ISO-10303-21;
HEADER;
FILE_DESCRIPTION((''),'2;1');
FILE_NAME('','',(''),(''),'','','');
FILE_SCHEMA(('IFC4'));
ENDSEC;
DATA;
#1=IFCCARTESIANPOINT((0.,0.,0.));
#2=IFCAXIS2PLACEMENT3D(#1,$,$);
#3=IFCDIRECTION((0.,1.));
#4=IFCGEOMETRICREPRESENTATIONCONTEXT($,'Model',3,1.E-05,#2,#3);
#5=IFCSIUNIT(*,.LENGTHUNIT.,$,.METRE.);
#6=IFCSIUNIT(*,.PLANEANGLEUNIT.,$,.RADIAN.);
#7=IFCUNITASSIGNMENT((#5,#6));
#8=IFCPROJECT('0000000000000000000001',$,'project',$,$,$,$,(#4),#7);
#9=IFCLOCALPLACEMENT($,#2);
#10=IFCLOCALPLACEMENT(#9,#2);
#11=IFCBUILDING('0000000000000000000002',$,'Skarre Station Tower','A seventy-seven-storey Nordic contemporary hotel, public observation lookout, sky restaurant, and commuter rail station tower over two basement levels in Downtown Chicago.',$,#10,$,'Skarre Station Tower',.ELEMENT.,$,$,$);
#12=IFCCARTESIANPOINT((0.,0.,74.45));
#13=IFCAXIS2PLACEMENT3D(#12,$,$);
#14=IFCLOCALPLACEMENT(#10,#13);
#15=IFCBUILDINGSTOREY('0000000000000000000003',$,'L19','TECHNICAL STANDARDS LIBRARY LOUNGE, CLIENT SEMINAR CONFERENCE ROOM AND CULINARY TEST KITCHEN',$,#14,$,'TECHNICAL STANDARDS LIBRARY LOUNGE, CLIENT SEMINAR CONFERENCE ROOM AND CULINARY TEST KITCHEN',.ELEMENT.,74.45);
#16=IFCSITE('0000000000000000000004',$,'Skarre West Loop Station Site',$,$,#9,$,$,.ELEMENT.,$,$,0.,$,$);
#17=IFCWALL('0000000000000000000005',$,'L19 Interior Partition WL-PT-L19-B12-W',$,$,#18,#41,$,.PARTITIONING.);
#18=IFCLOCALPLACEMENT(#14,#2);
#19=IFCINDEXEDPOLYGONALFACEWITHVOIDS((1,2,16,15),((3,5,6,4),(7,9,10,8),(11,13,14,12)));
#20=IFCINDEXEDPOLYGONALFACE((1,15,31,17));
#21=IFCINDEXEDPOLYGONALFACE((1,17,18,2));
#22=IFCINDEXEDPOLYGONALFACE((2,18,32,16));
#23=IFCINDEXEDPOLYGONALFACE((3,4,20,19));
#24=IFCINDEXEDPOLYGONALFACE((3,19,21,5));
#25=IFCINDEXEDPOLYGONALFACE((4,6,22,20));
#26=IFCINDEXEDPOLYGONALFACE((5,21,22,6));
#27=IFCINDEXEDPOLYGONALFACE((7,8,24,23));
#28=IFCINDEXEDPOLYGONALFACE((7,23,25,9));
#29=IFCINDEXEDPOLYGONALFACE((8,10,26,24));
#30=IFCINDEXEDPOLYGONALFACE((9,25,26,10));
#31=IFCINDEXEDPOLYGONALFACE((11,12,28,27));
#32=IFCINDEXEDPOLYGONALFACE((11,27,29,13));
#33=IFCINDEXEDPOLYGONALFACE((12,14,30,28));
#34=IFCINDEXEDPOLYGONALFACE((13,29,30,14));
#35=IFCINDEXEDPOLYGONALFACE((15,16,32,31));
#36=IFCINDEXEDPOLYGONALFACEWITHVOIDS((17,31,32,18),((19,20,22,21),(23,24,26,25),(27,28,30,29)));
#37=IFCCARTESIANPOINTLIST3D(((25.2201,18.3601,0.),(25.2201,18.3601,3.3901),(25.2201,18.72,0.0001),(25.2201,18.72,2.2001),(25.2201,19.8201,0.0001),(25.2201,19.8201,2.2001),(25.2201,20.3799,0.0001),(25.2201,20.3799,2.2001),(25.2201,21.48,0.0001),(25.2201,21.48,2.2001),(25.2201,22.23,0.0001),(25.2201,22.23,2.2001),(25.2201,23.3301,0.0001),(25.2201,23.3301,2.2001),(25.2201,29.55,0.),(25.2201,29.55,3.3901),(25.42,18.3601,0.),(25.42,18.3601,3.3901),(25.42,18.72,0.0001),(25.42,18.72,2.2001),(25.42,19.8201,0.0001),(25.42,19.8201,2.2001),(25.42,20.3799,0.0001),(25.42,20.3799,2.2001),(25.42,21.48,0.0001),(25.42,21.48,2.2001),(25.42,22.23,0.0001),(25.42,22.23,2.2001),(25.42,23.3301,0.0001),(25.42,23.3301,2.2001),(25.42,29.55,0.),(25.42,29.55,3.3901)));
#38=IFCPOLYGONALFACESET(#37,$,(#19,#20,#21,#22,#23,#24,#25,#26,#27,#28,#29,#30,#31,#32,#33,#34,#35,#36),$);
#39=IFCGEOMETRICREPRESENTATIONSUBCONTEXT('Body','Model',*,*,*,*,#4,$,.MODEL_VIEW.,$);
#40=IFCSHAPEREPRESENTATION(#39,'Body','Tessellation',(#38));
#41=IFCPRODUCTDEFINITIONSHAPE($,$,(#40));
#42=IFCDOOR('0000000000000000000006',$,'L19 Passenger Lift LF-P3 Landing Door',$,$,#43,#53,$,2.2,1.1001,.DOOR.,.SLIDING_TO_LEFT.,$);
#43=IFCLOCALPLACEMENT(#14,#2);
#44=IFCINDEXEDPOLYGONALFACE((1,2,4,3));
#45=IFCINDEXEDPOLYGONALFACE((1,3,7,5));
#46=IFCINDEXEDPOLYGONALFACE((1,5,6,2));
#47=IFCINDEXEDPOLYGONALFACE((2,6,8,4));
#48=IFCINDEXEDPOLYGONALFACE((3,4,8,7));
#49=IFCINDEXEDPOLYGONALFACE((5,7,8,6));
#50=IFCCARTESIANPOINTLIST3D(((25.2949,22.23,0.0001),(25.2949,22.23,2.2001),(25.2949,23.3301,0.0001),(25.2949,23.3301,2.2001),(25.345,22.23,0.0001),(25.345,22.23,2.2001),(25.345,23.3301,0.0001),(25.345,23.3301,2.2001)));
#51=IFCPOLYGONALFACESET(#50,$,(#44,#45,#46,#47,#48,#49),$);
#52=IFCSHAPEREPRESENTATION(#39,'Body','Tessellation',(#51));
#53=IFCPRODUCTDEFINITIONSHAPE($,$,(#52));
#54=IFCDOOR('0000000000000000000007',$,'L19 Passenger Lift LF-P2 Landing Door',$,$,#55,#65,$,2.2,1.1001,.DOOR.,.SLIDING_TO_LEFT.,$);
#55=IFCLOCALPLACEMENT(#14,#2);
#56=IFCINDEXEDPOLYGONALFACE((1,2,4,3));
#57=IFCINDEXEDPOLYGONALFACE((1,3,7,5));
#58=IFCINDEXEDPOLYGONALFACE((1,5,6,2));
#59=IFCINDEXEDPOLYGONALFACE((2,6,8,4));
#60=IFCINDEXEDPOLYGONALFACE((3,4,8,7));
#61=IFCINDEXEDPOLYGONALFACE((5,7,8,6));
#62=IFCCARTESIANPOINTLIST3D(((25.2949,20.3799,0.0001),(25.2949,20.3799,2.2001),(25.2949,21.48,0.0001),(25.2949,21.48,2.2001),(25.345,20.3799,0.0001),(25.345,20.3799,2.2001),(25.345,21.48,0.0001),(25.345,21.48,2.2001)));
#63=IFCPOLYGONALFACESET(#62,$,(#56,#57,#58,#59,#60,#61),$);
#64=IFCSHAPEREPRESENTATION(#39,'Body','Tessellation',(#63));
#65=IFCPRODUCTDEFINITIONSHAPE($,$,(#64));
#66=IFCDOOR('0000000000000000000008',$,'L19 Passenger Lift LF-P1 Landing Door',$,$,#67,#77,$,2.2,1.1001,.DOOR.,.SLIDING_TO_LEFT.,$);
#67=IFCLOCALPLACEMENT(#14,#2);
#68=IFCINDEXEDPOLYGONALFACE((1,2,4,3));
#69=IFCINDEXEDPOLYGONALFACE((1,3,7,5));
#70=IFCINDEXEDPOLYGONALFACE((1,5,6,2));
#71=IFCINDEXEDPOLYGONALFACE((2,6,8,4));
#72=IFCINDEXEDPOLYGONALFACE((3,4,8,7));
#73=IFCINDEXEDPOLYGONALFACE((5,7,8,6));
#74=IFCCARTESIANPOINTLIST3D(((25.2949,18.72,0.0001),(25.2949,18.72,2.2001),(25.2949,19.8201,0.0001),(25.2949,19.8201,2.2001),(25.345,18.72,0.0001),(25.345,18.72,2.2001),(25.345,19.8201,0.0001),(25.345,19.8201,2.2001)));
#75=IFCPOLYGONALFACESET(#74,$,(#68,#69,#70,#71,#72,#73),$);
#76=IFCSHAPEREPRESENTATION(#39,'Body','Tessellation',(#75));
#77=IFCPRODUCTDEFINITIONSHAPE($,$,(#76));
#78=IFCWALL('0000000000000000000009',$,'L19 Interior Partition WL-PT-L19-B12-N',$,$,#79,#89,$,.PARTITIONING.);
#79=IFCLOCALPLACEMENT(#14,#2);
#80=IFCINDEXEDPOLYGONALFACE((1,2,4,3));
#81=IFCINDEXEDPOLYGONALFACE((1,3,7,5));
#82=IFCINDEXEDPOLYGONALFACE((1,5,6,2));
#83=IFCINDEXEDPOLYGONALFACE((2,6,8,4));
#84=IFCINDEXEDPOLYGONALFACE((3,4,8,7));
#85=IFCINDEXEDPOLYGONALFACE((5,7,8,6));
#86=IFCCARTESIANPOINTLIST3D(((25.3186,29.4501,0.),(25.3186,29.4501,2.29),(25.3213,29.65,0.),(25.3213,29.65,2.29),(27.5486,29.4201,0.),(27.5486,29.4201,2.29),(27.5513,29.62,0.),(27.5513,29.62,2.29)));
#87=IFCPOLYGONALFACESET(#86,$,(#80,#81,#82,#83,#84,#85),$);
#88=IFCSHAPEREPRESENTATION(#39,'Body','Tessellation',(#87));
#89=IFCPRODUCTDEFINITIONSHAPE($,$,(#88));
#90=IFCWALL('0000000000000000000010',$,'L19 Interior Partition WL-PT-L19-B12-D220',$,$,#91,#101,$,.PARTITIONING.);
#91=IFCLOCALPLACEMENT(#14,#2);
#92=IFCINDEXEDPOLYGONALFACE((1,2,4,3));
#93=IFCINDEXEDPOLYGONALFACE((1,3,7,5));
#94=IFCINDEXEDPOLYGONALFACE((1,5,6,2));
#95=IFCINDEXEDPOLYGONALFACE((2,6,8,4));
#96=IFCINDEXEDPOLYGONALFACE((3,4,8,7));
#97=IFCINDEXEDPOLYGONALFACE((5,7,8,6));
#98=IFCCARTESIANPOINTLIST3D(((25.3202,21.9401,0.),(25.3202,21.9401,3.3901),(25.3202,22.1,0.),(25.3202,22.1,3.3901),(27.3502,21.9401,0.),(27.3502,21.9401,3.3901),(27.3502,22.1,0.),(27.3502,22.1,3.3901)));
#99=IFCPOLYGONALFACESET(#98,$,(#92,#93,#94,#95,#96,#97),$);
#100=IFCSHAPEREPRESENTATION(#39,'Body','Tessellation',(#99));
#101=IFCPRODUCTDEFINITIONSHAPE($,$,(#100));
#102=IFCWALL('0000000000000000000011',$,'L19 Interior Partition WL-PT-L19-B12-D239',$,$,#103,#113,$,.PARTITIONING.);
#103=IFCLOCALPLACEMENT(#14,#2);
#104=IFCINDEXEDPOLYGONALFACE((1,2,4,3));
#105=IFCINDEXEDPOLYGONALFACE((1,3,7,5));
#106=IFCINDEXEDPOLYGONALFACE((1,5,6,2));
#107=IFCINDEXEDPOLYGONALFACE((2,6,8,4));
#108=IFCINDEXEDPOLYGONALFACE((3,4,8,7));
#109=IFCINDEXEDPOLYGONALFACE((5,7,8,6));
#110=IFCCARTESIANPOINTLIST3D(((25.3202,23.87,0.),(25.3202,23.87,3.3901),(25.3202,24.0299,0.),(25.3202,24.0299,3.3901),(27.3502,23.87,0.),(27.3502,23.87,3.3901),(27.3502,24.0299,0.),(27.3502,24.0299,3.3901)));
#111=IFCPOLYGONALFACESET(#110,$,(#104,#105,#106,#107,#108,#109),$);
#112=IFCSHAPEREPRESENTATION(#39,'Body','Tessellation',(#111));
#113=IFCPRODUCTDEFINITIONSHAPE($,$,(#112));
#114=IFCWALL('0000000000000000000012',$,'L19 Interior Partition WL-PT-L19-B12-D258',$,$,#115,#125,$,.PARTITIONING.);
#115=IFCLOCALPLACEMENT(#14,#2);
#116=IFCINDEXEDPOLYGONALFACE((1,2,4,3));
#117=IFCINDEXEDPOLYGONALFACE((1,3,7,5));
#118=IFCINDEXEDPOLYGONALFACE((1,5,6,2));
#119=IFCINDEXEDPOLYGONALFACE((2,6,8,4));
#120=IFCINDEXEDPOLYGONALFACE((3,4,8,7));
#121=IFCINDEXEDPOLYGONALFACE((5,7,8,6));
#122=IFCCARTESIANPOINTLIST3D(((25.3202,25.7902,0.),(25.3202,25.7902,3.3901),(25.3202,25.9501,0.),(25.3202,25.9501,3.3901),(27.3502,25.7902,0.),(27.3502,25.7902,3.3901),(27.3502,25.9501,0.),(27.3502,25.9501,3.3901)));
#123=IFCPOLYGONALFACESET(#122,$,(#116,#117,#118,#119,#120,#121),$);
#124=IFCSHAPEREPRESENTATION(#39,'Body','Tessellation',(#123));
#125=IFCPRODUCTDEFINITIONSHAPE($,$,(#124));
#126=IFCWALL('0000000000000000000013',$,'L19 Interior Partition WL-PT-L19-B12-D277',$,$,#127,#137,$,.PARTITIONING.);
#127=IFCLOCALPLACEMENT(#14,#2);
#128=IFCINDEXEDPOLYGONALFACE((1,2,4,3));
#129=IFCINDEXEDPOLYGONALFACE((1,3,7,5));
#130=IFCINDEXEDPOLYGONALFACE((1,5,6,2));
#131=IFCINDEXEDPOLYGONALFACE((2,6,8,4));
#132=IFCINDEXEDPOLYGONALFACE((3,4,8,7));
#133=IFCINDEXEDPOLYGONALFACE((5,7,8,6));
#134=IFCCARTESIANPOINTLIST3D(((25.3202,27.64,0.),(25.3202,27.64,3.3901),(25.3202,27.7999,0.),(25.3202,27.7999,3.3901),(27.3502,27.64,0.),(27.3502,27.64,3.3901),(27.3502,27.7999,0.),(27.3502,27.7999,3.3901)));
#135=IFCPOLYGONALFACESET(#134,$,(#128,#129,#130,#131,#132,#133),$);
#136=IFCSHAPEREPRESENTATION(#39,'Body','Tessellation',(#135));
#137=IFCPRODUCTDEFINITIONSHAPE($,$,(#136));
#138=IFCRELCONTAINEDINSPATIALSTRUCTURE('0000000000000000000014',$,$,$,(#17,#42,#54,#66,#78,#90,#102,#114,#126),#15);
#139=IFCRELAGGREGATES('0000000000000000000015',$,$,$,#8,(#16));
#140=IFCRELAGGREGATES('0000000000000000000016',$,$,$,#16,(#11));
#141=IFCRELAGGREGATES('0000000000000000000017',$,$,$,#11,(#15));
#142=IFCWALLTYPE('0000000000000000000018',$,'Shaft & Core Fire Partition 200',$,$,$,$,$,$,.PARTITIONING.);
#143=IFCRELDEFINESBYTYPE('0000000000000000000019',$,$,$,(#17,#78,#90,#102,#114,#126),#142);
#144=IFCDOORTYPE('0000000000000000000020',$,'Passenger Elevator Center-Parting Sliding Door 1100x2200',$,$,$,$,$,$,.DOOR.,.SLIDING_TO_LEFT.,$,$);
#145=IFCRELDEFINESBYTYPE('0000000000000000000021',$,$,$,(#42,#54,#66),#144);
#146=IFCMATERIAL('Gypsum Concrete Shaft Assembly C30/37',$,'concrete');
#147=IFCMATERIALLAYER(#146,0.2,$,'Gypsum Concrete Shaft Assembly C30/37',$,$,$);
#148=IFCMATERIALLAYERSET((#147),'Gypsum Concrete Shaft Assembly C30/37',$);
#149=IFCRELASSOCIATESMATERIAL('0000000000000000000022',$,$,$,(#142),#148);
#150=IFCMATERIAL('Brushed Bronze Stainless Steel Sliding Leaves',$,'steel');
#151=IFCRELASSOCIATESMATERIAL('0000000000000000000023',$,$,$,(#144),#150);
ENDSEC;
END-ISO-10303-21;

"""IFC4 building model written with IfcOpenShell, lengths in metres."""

from ifc_helpers import new_model, si_unit, direction, frame, frame_2d, origin, place, context, subcontext, project, spatial, rectangle, extrude, material, layer, layer_set, type_object, element, fill, save


model = new_model("IFC4")

# Units and contexts
model_context = context("Model", 3, precision=1e-05, world=origin(), true_north=direction((0.0, 1.0)))
body_context = subcontext(model_context, "Body", "Model", "MODEL_VIEW")
ifc_project = project(units=[si_unit("LENGTHUNIT", "METRE"), si_unit("PLANEANGLEUNIT", "RADIAN")], contexts=[model_context])

# Site, building, storey
site_placement = place(None, origin())
site = spatial("IfcSite", under=ifc_project, at=site_placement, Name="Skarre West Loop Station Site", CompositionType="ELEMENT", RefElevation=0.0)
building_placement = place(site_placement, origin())
building = spatial("IfcBuilding", under=site, at=building_placement, Name="Skarre Station Tower", Description="A seventy-seven-storey Nordic contemporary hotel, public observation lookout, sky restaurant, and commuter rail station tower over two basement levels in Downtown Chicago.", LongName="Skarre Station Tower", CompositionType="ELEMENT")
storey_placement = place(building_placement, frame((0.0, 0.0, 74.45)))
storey = spatial("IfcBuildingStorey", under=building, at=storey_placement, Name="L19", Description="TECHNICAL STANDARDS LIBRARY LOUNGE, CLIENT SEMINAR CONFERENCE ROOM AND CULINARY TEST KITCHEN", LongName="TECHNICAL STANDARDS LIBRARY LOUNGE, CLIENT SEMINAR CONFERENCE ROOM AND CULINARY TEST KITCHEN", CompositionType="ELEMENT", Elevation=74.45)

# Shared definitions
ifc_material_1 = material(Name="Gypsum Concrete Shaft Assembly C30/37", Category="concrete")
ifc_layer_1 = layer(ifc_material_1, 0.2, Name="Gypsum Concrete Shaft Assembly C30/37")
ifc_layer_set_1 = layer_set([ifc_layer_1], Name="Gypsum Concrete Shaft Assembly C30/37")
wall_type_1 = type_object("IfcWallType", Name="Shaft & Core Fire Partition 200", PredefinedType="PARTITIONING", material=ifc_layer_set_1)

# Wall, openings, doors
wall_1_placement = place(storey_placement, frame((25.3201, 29.55, 0.0), z_axis=(0.0, 0.0, 1.0), x_axis=(0.0, -1.0, 0.0)))
wall_1 = element("IfcWall", 1, at=wall_1_placement, inside=storey, type_object=wall_type_1, Name="L19 Interior Partition WL-PT-L19-B12-W", PredefinedType="PARTITIONING", context=body_context, shape_type="SweptSolid", body=[
    extrude(rectangle(XDim=11.1899, YDim=0.2, at=frame_2d((5.595, 0.0))), origin(), (0.0, 0.0, 1.0), 3.3901),
])
opening_1_placement = place(wall_1_placement, frame((6.22, 0.0, 0.0)))
opening_1 = element("IfcOpeningElement", 2, at=opening_1_placement, cuts=wall_1, PredefinedType="OPENING", context=body_context, shape_type="SweptSolid", body=[
    extrude(rectangle(XDim=1.1001, YDim=2.2, at=frame_2d((0.55, 1.1001))), frame((0.0, 0.1099, 0.0), z_axis=(0.0, -1.0, 0.0), x_axis=(1.0, 0.0, 0.0)), (0.0, 0.0, 1.0), 0.22),
])
opening_2_placement = place(wall_1_placement, frame((8.0701, 0.0, 0.0)))
opening_2 = element("IfcOpeningElement", 3, at=opening_2_placement, cuts=wall_1, PredefinedType="OPENING", context=body_context, shape_type="SweptSolid", body=[
    extrude(rectangle(XDim=1.1001, YDim=2.2, at=frame_2d((0.55, 1.1001))), frame((0.0, 0.1099, 0.0), z_axis=(0.0, -1.0, 0.0), x_axis=(1.0, 0.0, 0.0)), (0.0, 0.0, 1.0), 0.22),
])
opening_3_placement = place(wall_1_placement, frame((9.73, 0.0, 0.0)))
opening_3 = element("IfcOpeningElement", 4, at=opening_3_placement, cuts=wall_1, PredefinedType="OPENING", context=body_context, shape_type="SweptSolid", body=[
    extrude(rectangle(XDim=1.1001, YDim=2.2, at=frame_2d((0.55, 1.1001))), frame((0.0, 0.1099, 0.0), z_axis=(0.0, -1.0, 0.0), x_axis=(1.0, 0.0, 0.0)), (0.0, 0.0, 1.0), 0.22),
])
ifc_material_2 = material(Name="Brushed Bronze Stainless Steel Sliding Leaves", Category="steel")
door_type_1 = type_object("IfcDoorType", Name="Passenger Elevator Center-Parting Sliding Door 1100x2200", OperationType="SLIDING_TO_LEFT", PredefinedType="DOOR", material=ifc_material_2)
door_1_placement = place(opening_1_placement, origin())
door_1 = element("IfcDoor", 5, at=door_1_placement, inside=storey, type_object=door_type_1, Name="L19 Passenger Lift LF-P3 Landing Door", OperationType="SLIDING_TO_LEFT", OverallHeight=2.2, OverallWidth=1.1001, PredefinedType="DOOR", context=body_context, shape_type="SweptSolid", body=[
    extrude(rectangle(XDim=1.1001, YDim=2.2, at=frame_2d((0.55, 1.1001))), frame((0.0, 0.0249, 0.0), z_axis=(0.0, -1.0, 0.0), x_axis=(1.0, 0.0, 0.0)), (0.0, 0.0, 1.0), 0.05),
])
fill(opening_1, door_1)
door_2_placement = place(opening_2_placement, origin())
door_2 = element("IfcDoor", 6, at=door_2_placement, inside=storey, type_object=door_type_1, Name="L19 Passenger Lift LF-P2 Landing Door", OperationType="SLIDING_TO_LEFT", OverallHeight=2.2, OverallWidth=1.1001, PredefinedType="DOOR", context=body_context, shape_type="SweptSolid", body=[
    extrude(rectangle(XDim=1.1001, YDim=2.2, at=frame_2d((0.55, 1.1001))), frame((0.0, 0.0249, 0.0), z_axis=(0.0, -1.0, 0.0), x_axis=(1.0, 0.0, 0.0)), (0.0, 0.0, 1.0), 0.05),
])
fill(opening_2, door_2)
door_3_placement = place(opening_3_placement, origin())
door_3 = element("IfcDoor", 7, at=door_3_placement, inside=storey, type_object=door_type_1, Name="L19 Passenger Lift LF-P1 Landing Door", OperationType="SLIDING_TO_LEFT", OverallHeight=2.2, OverallWidth=1.1001, PredefinedType="DOOR", context=body_context, shape_type="SweptSolid", body=[
    extrude(rectangle(XDim=1.1001, YDim=2.2, at=frame_2d((0.55, 1.1001))), frame((0.0, 0.0249, 0.0), z_axis=(0.0, -1.0, 0.0), x_axis=(1.0, 0.0, 0.0)), (0.0, 0.0, 1.0), 0.05),
])
fill(opening_3, door_3)

# Walls
wall_2_placement = place(storey_placement, frame((27.55, 29.52, 0.0), z_axis=(0.0, 0.0, 1.0), x_axis=(-0.999909, 0.013465, 0.0)))
element("IfcWall", 8, at=wall_2_placement, inside=storey, type_object=wall_type_1, Name="L19 Interior Partition WL-PT-L19-B12-N", PredefinedType="PARTITIONING", context=body_context, shape_type="SweptSolid", body=[
    extrude(rectangle(XDim=2.2302, YDim=0.2, at=frame_2d((1.1152, 0.0))), origin(), (0.0, 0.0, 1.0), 2.29),
])
for number, where, z_axis, x_axis, name in (
    (9, (25.3201, 22.02, 0.0), (0.0, 0.0, 1.0), (1.0, 0.0, 0.0), "L19 Interior Partition WL-PT-L19-B12-D220"),
    (10, (25.3201, 23.95, 0.0), (0.0, 0.0, 1.0), (1.0, 0.0, 0.0), "L19 Interior Partition WL-PT-L19-B12-D239"),
    (11, (25.3201, 25.8701, 0.0), (0.0, 0.0, 1.0), (1.0, 0.0, 0.0), "L19 Interior Partition WL-PT-L19-B12-D258"),
    (12, (25.3201, 27.72, 0.0), (0.0, 0.0, 1.0), (1.0, 0.0, 0.0), "L19 Interior Partition WL-PT-L19-B12-D277"),
):
    element("IfcWall", number, at=place(storey_placement, frame(where, z_axis=z_axis, x_axis=x_axis)), inside=storey, type_object=wall_type_1, Name=name, PredefinedType="PARTITIONING", context=body_context, shape_type="SweptSolid", body=[
        extrude(rectangle(XDim=2.03, YDim=0.1599, at=frame_2d((1.0151, 0.0))), origin(), (0.0, 0.0, 1.0), 3.3901),
    ])

save(model, "model.ifc")
